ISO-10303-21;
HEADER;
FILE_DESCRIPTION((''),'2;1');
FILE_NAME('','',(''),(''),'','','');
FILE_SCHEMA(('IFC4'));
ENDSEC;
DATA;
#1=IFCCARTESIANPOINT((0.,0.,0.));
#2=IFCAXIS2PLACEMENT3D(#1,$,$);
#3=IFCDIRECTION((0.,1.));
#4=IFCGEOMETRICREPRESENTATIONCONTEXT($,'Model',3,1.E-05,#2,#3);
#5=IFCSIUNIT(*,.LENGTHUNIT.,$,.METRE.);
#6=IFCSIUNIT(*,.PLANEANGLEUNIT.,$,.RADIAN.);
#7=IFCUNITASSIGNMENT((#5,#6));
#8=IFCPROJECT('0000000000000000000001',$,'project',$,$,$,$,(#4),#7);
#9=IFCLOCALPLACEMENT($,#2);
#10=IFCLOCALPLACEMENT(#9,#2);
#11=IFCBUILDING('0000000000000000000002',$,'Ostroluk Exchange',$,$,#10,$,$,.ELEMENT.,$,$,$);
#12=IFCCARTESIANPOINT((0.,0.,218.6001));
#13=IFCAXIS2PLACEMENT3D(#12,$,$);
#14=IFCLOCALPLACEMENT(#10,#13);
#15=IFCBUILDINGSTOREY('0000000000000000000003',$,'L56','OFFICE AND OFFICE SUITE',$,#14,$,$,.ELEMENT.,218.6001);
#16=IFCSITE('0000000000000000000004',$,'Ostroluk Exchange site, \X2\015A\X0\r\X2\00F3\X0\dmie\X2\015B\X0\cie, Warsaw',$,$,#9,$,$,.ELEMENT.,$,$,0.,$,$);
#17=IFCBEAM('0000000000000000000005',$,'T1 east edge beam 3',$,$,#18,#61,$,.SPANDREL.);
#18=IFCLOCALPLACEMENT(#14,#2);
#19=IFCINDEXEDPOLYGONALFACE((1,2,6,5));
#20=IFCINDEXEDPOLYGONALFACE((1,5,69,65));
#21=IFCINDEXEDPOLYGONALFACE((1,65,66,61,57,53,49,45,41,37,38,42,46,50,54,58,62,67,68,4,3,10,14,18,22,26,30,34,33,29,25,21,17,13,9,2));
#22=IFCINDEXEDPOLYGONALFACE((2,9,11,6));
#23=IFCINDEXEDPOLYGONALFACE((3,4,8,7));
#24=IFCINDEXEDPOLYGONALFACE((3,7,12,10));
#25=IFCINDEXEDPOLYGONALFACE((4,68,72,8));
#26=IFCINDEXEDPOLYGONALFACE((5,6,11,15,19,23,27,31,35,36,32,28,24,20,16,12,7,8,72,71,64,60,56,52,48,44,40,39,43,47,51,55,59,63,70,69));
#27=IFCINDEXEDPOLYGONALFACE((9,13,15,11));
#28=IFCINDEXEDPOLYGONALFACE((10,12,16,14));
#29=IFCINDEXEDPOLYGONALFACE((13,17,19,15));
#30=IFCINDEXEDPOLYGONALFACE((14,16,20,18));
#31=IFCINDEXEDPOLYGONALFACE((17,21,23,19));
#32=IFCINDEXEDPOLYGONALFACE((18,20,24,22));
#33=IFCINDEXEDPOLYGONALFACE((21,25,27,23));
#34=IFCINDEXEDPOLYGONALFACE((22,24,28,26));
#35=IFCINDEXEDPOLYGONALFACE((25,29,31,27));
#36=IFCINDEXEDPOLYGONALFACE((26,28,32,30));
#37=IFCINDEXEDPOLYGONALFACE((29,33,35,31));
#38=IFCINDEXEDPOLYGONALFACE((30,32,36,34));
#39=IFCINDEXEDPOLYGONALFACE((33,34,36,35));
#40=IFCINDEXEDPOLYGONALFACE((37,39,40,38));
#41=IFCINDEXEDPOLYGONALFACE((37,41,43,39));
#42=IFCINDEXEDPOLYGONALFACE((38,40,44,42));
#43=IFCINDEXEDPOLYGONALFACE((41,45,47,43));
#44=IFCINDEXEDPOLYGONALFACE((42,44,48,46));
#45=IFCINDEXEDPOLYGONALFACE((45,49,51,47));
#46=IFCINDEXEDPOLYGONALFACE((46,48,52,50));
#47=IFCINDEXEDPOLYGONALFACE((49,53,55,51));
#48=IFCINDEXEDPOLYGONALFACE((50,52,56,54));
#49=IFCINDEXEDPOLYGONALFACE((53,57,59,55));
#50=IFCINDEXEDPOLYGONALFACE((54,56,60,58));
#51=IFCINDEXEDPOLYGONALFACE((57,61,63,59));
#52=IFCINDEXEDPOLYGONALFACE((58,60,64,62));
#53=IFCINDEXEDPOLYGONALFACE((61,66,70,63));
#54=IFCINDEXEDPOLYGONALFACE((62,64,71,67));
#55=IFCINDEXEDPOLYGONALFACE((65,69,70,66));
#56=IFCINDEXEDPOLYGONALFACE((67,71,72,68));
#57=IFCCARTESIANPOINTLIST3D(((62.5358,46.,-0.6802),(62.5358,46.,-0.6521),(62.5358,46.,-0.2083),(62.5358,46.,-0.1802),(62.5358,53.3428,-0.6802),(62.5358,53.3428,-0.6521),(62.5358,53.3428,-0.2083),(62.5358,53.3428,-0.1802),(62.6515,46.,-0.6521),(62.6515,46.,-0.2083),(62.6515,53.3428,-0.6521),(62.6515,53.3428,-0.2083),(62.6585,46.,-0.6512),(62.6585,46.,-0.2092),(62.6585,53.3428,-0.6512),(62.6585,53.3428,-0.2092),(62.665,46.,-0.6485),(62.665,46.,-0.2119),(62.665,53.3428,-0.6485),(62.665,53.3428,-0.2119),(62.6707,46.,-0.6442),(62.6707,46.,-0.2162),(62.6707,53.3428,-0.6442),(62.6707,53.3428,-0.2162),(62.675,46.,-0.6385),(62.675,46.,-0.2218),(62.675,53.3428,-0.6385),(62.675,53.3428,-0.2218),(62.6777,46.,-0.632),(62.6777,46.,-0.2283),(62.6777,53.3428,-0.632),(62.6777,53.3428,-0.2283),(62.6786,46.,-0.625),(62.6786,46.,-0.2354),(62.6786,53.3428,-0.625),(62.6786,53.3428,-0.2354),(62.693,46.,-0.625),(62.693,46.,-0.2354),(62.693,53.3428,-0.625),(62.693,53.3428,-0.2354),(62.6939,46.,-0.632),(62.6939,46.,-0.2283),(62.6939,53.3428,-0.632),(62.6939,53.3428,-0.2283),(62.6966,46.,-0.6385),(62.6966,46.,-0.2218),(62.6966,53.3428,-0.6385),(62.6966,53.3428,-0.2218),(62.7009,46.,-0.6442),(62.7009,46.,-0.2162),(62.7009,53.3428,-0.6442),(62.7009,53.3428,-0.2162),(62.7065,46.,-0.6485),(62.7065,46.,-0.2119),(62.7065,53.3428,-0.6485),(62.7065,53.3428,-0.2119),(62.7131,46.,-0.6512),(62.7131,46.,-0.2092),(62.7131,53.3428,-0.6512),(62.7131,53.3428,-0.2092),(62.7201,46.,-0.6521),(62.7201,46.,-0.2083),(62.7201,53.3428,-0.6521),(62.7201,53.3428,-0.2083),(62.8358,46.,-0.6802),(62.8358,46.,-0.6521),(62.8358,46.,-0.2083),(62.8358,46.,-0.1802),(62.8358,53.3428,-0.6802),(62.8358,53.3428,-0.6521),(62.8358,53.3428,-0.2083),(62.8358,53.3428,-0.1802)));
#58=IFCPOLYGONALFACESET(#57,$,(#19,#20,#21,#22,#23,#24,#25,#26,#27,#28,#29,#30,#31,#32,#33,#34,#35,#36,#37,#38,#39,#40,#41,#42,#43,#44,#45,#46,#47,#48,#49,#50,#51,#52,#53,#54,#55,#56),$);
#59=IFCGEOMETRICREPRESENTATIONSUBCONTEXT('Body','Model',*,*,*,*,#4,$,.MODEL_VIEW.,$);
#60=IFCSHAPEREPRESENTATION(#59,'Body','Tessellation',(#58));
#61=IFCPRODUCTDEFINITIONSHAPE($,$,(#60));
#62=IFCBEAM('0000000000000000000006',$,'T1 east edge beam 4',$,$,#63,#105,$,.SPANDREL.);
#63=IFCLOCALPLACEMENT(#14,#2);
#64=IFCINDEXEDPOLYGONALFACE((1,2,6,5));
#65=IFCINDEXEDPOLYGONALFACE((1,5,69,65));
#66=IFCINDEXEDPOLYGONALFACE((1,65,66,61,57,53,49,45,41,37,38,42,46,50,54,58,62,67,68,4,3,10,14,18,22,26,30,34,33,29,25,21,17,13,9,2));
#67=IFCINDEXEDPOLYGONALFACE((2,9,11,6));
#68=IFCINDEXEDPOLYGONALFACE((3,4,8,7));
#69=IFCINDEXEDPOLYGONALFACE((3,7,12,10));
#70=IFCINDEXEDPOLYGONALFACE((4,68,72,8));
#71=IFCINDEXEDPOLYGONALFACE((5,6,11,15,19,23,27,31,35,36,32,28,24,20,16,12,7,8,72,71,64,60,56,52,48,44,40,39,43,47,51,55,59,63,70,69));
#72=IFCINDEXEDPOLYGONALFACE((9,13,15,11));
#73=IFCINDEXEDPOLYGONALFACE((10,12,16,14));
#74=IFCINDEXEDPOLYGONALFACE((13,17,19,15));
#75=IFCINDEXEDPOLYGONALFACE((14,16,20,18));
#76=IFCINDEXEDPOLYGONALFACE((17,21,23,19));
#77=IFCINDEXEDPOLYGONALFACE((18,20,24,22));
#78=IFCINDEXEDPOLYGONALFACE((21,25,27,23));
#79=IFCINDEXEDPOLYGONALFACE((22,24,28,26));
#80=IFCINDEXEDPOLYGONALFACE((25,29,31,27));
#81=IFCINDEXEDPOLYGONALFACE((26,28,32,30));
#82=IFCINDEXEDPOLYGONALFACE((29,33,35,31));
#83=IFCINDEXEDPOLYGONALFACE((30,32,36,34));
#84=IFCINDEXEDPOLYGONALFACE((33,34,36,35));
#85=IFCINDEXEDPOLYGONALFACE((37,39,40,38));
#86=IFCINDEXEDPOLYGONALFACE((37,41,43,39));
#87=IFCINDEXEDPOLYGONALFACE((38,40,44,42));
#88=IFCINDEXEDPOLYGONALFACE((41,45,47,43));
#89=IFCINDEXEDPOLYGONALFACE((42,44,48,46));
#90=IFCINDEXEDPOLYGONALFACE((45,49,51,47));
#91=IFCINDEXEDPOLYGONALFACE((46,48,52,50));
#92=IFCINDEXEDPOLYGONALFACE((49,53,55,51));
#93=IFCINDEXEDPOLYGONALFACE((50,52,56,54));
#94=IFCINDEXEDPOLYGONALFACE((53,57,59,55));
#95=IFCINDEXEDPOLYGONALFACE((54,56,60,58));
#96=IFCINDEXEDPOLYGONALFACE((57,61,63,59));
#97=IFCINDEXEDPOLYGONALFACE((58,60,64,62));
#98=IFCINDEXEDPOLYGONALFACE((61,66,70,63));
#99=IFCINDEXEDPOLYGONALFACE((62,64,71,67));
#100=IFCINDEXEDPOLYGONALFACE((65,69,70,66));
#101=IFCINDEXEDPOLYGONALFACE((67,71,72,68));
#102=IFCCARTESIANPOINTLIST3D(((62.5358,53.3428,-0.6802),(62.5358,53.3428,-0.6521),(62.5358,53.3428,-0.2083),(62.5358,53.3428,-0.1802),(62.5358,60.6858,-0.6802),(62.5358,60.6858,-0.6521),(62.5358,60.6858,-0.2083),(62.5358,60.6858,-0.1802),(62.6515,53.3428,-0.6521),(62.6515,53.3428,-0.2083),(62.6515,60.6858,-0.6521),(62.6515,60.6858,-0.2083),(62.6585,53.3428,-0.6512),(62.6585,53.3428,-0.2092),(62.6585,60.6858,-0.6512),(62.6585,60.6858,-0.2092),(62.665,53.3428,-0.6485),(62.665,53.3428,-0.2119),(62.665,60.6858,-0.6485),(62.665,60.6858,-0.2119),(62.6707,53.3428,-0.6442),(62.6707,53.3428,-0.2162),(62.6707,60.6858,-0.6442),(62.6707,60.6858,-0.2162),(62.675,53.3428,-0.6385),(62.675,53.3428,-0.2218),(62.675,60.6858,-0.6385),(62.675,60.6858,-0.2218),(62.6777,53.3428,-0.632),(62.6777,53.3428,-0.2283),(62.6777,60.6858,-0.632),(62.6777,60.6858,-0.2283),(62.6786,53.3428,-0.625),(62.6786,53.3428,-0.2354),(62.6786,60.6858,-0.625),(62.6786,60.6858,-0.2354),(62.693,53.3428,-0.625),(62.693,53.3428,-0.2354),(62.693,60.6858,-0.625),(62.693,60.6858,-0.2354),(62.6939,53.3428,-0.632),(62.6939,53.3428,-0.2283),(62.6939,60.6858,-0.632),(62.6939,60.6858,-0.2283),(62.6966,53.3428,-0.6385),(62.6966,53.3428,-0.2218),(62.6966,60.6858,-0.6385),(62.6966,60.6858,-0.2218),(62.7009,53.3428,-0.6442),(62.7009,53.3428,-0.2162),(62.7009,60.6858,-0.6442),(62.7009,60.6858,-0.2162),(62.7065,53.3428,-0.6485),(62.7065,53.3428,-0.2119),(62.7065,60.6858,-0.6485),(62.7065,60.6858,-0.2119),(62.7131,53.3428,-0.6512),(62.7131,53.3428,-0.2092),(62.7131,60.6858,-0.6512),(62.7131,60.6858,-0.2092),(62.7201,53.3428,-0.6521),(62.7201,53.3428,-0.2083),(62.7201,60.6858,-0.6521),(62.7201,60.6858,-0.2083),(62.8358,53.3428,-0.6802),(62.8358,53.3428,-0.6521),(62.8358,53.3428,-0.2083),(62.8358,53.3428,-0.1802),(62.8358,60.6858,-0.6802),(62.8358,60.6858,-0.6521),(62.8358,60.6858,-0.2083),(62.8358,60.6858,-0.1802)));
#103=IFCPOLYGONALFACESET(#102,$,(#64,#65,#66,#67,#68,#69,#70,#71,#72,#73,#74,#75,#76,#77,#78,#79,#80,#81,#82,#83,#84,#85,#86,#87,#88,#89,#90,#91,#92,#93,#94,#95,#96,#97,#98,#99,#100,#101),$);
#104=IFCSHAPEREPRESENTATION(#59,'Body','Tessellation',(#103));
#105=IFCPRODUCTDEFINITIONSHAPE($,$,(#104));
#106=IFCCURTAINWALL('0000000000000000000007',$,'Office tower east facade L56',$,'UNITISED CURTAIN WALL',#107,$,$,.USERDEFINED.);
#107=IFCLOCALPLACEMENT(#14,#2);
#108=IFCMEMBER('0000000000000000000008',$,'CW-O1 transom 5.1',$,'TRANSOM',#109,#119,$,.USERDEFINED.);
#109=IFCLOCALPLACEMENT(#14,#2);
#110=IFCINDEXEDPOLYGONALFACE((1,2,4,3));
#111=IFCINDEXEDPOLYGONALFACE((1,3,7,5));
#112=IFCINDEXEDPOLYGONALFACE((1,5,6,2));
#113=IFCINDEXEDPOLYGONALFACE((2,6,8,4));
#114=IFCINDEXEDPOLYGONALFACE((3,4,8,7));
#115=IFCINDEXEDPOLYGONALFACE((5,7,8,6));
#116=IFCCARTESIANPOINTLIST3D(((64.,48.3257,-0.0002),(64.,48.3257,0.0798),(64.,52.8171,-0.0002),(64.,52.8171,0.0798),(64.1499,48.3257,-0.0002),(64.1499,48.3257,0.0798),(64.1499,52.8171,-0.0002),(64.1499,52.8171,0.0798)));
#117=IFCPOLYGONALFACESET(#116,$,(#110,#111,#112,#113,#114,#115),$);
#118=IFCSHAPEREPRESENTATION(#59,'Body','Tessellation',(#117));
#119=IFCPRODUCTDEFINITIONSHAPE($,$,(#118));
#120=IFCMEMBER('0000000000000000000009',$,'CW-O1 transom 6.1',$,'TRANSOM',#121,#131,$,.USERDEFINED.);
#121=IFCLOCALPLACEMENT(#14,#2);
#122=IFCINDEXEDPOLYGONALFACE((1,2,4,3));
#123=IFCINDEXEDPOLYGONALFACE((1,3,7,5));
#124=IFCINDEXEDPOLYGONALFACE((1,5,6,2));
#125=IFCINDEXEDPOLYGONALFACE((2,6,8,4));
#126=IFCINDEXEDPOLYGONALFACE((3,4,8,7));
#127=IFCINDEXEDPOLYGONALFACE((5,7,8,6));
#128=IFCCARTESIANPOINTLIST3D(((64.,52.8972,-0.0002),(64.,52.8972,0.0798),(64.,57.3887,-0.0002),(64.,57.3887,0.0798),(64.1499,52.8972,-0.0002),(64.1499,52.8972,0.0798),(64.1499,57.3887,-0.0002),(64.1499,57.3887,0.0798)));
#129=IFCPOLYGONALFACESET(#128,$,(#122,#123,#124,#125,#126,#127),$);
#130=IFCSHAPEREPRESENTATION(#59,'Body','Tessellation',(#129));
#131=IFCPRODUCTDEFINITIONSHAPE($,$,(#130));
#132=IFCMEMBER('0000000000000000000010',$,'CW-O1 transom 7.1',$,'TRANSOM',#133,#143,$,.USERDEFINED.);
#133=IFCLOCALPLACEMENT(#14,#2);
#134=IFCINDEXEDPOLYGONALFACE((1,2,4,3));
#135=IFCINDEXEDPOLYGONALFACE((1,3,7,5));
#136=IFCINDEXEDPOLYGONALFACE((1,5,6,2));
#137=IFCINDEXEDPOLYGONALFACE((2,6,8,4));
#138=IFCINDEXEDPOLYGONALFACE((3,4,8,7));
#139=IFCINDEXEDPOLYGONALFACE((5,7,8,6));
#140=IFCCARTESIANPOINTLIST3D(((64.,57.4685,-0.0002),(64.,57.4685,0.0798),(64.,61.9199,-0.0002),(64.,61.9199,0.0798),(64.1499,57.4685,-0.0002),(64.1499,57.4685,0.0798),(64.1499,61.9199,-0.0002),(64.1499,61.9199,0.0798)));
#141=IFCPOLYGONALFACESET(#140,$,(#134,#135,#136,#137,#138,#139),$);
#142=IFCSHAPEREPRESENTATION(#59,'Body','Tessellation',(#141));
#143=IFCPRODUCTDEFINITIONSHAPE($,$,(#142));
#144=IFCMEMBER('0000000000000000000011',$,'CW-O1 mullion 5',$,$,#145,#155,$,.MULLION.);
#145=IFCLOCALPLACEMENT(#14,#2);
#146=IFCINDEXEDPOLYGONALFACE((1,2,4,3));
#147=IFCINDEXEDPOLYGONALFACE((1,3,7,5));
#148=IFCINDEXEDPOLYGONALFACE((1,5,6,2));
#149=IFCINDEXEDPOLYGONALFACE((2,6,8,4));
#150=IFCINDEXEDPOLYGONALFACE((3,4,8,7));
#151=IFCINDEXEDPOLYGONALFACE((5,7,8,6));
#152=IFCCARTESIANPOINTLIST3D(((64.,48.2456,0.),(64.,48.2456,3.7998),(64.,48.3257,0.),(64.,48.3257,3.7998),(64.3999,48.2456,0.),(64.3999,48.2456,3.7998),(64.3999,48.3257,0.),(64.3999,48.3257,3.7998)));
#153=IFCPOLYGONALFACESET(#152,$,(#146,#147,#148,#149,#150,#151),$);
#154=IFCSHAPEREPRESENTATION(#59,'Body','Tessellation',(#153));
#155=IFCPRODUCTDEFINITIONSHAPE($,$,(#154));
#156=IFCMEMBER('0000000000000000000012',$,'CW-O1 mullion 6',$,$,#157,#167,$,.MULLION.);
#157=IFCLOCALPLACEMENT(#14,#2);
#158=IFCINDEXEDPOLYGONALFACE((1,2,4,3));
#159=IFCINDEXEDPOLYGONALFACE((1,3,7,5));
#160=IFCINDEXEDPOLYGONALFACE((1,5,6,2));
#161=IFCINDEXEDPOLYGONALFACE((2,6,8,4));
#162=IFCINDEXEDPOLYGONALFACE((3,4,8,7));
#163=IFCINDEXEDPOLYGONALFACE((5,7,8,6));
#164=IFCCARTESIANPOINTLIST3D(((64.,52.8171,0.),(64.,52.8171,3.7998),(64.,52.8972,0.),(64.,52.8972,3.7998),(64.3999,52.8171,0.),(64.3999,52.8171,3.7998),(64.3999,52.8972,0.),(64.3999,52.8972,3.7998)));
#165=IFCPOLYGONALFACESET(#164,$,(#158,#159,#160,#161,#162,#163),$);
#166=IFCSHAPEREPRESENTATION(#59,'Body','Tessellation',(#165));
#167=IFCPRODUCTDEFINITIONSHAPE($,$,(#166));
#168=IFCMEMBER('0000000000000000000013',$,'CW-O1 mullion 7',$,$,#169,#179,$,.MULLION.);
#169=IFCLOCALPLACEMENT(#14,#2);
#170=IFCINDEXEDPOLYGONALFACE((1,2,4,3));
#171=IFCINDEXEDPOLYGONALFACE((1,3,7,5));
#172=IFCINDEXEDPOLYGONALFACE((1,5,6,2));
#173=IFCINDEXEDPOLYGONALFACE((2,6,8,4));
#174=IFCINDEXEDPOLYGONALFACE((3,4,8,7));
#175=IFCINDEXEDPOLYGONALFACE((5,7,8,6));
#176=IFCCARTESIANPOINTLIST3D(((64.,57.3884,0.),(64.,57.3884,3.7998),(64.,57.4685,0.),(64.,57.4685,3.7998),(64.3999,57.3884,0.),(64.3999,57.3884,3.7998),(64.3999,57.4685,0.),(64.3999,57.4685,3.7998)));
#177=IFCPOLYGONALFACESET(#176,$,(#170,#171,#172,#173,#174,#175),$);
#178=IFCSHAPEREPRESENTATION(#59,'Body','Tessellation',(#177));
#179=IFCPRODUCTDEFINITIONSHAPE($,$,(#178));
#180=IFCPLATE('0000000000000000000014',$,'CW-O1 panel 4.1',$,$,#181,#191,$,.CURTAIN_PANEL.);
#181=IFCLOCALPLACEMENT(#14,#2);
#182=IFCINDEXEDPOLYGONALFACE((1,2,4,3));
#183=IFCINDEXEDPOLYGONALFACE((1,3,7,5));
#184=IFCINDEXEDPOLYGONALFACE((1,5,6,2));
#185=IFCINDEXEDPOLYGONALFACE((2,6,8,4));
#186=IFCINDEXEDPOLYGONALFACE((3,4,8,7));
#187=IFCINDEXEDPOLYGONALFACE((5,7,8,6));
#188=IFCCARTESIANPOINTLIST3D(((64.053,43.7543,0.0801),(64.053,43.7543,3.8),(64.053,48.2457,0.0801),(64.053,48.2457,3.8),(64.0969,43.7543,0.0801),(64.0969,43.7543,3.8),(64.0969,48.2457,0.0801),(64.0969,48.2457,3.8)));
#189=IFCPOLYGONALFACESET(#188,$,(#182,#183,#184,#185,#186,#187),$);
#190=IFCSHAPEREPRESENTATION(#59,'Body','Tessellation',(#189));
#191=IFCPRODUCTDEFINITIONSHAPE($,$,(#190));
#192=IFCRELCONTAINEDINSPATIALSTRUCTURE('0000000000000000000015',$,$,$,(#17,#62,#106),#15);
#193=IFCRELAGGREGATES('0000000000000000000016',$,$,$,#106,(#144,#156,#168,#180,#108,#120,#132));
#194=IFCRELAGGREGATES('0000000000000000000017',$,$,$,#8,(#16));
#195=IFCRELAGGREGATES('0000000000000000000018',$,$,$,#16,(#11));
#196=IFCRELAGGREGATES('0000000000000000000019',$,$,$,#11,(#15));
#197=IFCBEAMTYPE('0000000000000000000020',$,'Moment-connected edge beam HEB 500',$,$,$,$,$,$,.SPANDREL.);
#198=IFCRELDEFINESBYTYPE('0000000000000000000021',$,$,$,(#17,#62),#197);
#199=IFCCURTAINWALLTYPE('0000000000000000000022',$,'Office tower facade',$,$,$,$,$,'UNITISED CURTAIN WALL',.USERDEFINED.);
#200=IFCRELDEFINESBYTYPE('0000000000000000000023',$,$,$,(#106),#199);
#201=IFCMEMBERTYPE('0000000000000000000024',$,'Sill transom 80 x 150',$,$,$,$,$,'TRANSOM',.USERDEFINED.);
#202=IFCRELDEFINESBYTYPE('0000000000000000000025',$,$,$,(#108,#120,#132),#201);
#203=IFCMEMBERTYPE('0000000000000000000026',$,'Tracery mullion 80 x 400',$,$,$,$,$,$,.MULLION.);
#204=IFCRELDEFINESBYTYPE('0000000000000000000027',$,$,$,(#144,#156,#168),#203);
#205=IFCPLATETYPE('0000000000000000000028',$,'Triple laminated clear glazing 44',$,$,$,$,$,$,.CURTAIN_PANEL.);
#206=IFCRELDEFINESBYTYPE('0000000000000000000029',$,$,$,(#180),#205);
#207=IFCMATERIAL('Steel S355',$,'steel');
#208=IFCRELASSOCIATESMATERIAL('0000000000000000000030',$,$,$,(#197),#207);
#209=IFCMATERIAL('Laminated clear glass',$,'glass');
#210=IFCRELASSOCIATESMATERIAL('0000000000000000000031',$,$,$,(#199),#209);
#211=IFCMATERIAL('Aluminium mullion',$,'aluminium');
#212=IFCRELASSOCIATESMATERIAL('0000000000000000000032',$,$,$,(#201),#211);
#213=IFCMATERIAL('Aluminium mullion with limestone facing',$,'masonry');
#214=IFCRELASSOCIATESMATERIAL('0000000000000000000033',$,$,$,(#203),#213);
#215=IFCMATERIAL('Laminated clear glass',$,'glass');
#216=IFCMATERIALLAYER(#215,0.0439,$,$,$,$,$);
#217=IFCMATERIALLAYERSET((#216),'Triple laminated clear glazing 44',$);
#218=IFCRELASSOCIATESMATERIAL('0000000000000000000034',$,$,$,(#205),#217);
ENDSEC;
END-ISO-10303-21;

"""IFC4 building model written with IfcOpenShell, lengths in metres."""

from ifc_helpers import new_model, si_unit, direction, frame, origin, origin_2d, place, context, subcontext, project, spatial, rectangle, i_section, extrude, material, layer, layer_set, material_profile, profile_set, type_object, element, aggregate, save


model = new_model("IFC4")

# Units and contexts
model_context = context("Model", 3, precision=1e-05, world=origin(), true_north=direction((0.0, 1.0)))
body_context = subcontext(model_context, "Body", "Model", "MODEL_VIEW")
ifc_project = project(units=[si_unit("LENGTHUNIT", "METRE"), si_unit("PLANEANGLEUNIT", "RADIAN")], contexts=[model_context])

# Site, building, storey
site_placement = place(None, origin())
site = spatial("IfcSite", under=ifc_project, at=site_placement, Name="Ostroluk Exchange site, Śródmieście, Warsaw", CompositionType="ELEMENT", RefElevation=0.0)
building_placement = place(site_placement, origin())
building = spatial("IfcBuilding", under=site, at=building_placement, Name="Ostroluk Exchange", CompositionType="ELEMENT")
storey_placement = place(building_placement, frame((0.0, 0.0, 218.6001)))
storey = spatial("IfcBuildingStorey", under=building, at=storey_placement, Name="L56", Description="OFFICE AND OFFICE SUITE", CompositionType="ELEMENT", Elevation=218.6001)

# Beams
ifc_material_1 = material(Name="Steel S355", Category="steel")
ifc_material_profile_1 = material_profile(ifc_material_1, i_section(OverallWidth=0.3, OverallDepth=0.5, WebThickness=0.0144, FlangeThickness=0.0281, FilletRadius=0.0271, at=origin_2d()), Name="HEB 500")
ifc_profile_set_1 = profile_set([ifc_material_profile_1], Name="Steel S355")
beam_type = type_object("IfcBeamType", Name="Moment-connected edge beam HEB 500", PredefinedType="SPANDREL", material=ifc_profile_set_1)
beam_1_placement = place(storey_placement, frame((62.6858, 46.0, -0.4302), z_axis=(0.0, 1.0, 0.0), x_axis=(-1.0, 0.0, 0.0)))
element("IfcBeam", 1, at=beam_1_placement, inside=storey, type_object=beam_type, Name="T1 east edge beam 3", PredefinedType="SPANDREL", context=body_context, shape_type="SweptSolid", body=[
    extrude(i_section(OverallWidth=0.3, OverallDepth=0.5, WebThickness=0.0144, FlangeThickness=0.0281, FilletRadius=0.0271, at=origin_2d()), origin(), (0.0, 0.0, 1.0), 7.3428),
])
beam_2_placement = place(storey_placement, frame((62.6858, 53.3428, -0.4302), z_axis=(0.0, 1.0, 0.0), x_axis=(-1.0, 0.0, 0.0)))
element("IfcBeam", 2, at=beam_2_placement, inside=storey, type_object=beam_type, Name="T1 east edge beam 4", PredefinedType="SPANDREL", context=body_context, shape_type="SweptSolid", body=[
    extrude(i_section(OverallWidth=0.3, OverallDepth=0.5, WebThickness=0.0144, FlangeThickness=0.0281, FilletRadius=0.0271, at=origin_2d()), origin(), (0.0, 0.0, 1.0), 7.343),
])

# Curtain wall, members, plate
ifc_material_2 = material(Name="Laminated clear glass", Category="glass")
curtain_wall_type = type_object("IfcCurtainWallType", Name="Office tower facade", ElementType="UNITISED CURTAIN WALL", PredefinedType="USERDEFINED", material=ifc_material_2)
curtain_wall_placement = place(storey_placement, origin())
curtain_wall = element("IfcCurtainWall", 3, at=curtain_wall_placement, inside=storey, type_object=curtain_wall_type, Name="Office tower east facade L56", ObjectType="UNITISED CURTAIN WALL", PredefinedType="USERDEFINED")
ifc_material_3 = material(Name="Aluminium mullion", Category="aluminium")
ifc_material_profile_2 = material_profile(ifc_material_3, rectangle(XDim=0.1499, YDim=0.0801, at=origin_2d()), Name="Sill transom 80 x 150")
ifc_profile_set_2 = profile_set([ifc_material_profile_2], Name="Aluminium mullion")
member_type_1 = type_object("IfcMemberType", Name="Sill transom 80 x 150", ElementType="TRANSOM", PredefinedType="USERDEFINED", material=ifc_profile_set_2)
member_1_placement = place(storey_placement, frame((64.075, 48.3257, 0.0398), z_axis=(0.0, 1.0, 0.0), x_axis=(-1.0, 0.0, 0.0)))
member_1 = element("IfcMember", 4, at=member_1_placement, type_object=member_type_1, Name="CW-O1 transom 5.1", ObjectType="TRANSOM", PredefinedType="USERDEFINED", context=body_context, shape_type="SweptSolid", body=[
    extrude(rectangle(XDim=0.1499, YDim=0.0801, at=origin_2d()), origin(), (0.0, 0.0, 1.0), 4.4915),
])
member_2_placement = place(storey_placement, frame((64.075, 52.8972, 0.0398), z_axis=(0.0, 1.0, 0.0), x_axis=(-1.0, 0.0, 0.0)))
member_2 = element("IfcMember", 5, at=member_2_placement, type_object=member_type_1, Name="CW-O1 transom 6.1", ObjectType="TRANSOM", PredefinedType="USERDEFINED", context=body_context, shape_type="SweptSolid", body=[
    extrude(rectangle(XDim=0.1499, YDim=0.0801, at=origin_2d()), origin(), (0.0, 0.0, 1.0), 4.4915),
])
member_3_placement = place(storey_placement, frame((64.075, 57.4685, 0.0398), z_axis=(0.0, 1.0, 0.0), x_axis=(-1.0, 0.0, 0.0)))
member_3 = element("IfcMember", 6, at=member_3_placement, type_object=member_type_1, Name="CW-O1 transom 7.1", ObjectType="TRANSOM", PredefinedType="USERDEFINED", context=body_context, shape_type="SweptSolid", body=[
    extrude(rectangle(XDim=0.1499, YDim=0.0801, at=origin_2d()), origin(), (0.0, 0.0, 1.0), 4.4514),
])
ifc_material_4 = material(Name="Aluminium mullion with limestone facing", Category="masonry")
ifc_material_profile_3 = material_profile(ifc_material_4, rectangle(XDim=0.3999, YDim=0.0801, at=origin_2d()), Name="Tracery mullion 80 x 400")
ifc_profile_set_3 = profile_set([ifc_material_profile_3], Name="Aluminium mullion with limestone facing")
member_type_2 = type_object("IfcMemberType", Name="Tracery mullion 80 x 400", PredefinedType="MULLION", material=ifc_profile_set_3)
member_4_placement = place(storey_placement, frame((64.2, 48.2856, 0.0), z_axis=(0.0, 0.0, 1.0), x_axis=(-1.0, 0.0, 0.0)))
member_4 = element("IfcMember", 7, at=member_4_placement, type_object=member_type_2, Name="CW-O1 mullion 5", PredefinedType="MULLION", context=body_context, shape_type="SweptSolid", body=[
    extrude(rectangle(XDim=0.3999, YDim=0.0801, at=origin_2d()), origin(), (0.0, 0.0, 1.0), 3.7998),
])
member_5_placement = place(storey_placement, frame((64.2, 52.8572, 0.0), z_axis=(0.0, 0.0, 1.0), x_axis=(-1.0, 0.0, 0.0)))
member_5 = element("IfcMember", 8, at=member_5_placement, type_object=member_type_2, Name="CW-O1 mullion 6", PredefinedType="MULLION", context=body_context, shape_type="SweptSolid", body=[
    extrude(rectangle(XDim=0.3999, YDim=0.0801, at=origin_2d()), origin(), (0.0, 0.0, 1.0), 3.7998),
])
member_6_placement = place(storey_placement, frame((64.2, 57.4285, 0.0), z_axis=(0.0, 0.0, 1.0), x_axis=(-1.0, 0.0, 0.0)))
member_6 = element("IfcMember", 9, at=member_6_placement, type_object=member_type_2, Name="CW-O1 mullion 7", PredefinedType="MULLION", context=body_context, shape_type="SweptSolid", body=[
    extrude(rectangle(XDim=0.3999, YDim=0.0801, at=origin_2d()), origin(), (0.0, 0.0, 1.0), 3.7998),
])
ifc_material_5 = material(Name="Laminated clear glass", Category="glass")
ifc_layer_1 = layer(ifc_material_5, 0.0439)
ifc_layer_set_1 = layer_set([ifc_layer_1], Name="Triple laminated clear glazing 44")
plate_type = type_object("IfcPlateType", Name="Triple laminated clear glazing 44", PredefinedType="CURTAIN_PANEL", material=ifc_layer_set_1)
plate_1_placement = place(storey_placement, frame((64.075, 46.0, 0.0801), z_axis=(0.0, 0.0, 1.0), x_axis=(0.0, 1.0, 0.0)))
plate_1 = element("IfcPlate", 10, at=plate_1_placement, type_object=plate_type, Name="CW-O1 panel 4.1", PredefinedType="CURTAIN_PANEL", context=body_context, shape_type="SweptSolid", body=[
    extrude(rectangle(XDim=4.4915, YDim=0.0439, at=origin_2d()), origin(), (0.0, 0.0, 1.0), 3.72),
])
aggregate(curtain_wall, [member_4, member_5, member_6, plate_1, member_1, member_2, member_3])

save(model, "model.ifc")
